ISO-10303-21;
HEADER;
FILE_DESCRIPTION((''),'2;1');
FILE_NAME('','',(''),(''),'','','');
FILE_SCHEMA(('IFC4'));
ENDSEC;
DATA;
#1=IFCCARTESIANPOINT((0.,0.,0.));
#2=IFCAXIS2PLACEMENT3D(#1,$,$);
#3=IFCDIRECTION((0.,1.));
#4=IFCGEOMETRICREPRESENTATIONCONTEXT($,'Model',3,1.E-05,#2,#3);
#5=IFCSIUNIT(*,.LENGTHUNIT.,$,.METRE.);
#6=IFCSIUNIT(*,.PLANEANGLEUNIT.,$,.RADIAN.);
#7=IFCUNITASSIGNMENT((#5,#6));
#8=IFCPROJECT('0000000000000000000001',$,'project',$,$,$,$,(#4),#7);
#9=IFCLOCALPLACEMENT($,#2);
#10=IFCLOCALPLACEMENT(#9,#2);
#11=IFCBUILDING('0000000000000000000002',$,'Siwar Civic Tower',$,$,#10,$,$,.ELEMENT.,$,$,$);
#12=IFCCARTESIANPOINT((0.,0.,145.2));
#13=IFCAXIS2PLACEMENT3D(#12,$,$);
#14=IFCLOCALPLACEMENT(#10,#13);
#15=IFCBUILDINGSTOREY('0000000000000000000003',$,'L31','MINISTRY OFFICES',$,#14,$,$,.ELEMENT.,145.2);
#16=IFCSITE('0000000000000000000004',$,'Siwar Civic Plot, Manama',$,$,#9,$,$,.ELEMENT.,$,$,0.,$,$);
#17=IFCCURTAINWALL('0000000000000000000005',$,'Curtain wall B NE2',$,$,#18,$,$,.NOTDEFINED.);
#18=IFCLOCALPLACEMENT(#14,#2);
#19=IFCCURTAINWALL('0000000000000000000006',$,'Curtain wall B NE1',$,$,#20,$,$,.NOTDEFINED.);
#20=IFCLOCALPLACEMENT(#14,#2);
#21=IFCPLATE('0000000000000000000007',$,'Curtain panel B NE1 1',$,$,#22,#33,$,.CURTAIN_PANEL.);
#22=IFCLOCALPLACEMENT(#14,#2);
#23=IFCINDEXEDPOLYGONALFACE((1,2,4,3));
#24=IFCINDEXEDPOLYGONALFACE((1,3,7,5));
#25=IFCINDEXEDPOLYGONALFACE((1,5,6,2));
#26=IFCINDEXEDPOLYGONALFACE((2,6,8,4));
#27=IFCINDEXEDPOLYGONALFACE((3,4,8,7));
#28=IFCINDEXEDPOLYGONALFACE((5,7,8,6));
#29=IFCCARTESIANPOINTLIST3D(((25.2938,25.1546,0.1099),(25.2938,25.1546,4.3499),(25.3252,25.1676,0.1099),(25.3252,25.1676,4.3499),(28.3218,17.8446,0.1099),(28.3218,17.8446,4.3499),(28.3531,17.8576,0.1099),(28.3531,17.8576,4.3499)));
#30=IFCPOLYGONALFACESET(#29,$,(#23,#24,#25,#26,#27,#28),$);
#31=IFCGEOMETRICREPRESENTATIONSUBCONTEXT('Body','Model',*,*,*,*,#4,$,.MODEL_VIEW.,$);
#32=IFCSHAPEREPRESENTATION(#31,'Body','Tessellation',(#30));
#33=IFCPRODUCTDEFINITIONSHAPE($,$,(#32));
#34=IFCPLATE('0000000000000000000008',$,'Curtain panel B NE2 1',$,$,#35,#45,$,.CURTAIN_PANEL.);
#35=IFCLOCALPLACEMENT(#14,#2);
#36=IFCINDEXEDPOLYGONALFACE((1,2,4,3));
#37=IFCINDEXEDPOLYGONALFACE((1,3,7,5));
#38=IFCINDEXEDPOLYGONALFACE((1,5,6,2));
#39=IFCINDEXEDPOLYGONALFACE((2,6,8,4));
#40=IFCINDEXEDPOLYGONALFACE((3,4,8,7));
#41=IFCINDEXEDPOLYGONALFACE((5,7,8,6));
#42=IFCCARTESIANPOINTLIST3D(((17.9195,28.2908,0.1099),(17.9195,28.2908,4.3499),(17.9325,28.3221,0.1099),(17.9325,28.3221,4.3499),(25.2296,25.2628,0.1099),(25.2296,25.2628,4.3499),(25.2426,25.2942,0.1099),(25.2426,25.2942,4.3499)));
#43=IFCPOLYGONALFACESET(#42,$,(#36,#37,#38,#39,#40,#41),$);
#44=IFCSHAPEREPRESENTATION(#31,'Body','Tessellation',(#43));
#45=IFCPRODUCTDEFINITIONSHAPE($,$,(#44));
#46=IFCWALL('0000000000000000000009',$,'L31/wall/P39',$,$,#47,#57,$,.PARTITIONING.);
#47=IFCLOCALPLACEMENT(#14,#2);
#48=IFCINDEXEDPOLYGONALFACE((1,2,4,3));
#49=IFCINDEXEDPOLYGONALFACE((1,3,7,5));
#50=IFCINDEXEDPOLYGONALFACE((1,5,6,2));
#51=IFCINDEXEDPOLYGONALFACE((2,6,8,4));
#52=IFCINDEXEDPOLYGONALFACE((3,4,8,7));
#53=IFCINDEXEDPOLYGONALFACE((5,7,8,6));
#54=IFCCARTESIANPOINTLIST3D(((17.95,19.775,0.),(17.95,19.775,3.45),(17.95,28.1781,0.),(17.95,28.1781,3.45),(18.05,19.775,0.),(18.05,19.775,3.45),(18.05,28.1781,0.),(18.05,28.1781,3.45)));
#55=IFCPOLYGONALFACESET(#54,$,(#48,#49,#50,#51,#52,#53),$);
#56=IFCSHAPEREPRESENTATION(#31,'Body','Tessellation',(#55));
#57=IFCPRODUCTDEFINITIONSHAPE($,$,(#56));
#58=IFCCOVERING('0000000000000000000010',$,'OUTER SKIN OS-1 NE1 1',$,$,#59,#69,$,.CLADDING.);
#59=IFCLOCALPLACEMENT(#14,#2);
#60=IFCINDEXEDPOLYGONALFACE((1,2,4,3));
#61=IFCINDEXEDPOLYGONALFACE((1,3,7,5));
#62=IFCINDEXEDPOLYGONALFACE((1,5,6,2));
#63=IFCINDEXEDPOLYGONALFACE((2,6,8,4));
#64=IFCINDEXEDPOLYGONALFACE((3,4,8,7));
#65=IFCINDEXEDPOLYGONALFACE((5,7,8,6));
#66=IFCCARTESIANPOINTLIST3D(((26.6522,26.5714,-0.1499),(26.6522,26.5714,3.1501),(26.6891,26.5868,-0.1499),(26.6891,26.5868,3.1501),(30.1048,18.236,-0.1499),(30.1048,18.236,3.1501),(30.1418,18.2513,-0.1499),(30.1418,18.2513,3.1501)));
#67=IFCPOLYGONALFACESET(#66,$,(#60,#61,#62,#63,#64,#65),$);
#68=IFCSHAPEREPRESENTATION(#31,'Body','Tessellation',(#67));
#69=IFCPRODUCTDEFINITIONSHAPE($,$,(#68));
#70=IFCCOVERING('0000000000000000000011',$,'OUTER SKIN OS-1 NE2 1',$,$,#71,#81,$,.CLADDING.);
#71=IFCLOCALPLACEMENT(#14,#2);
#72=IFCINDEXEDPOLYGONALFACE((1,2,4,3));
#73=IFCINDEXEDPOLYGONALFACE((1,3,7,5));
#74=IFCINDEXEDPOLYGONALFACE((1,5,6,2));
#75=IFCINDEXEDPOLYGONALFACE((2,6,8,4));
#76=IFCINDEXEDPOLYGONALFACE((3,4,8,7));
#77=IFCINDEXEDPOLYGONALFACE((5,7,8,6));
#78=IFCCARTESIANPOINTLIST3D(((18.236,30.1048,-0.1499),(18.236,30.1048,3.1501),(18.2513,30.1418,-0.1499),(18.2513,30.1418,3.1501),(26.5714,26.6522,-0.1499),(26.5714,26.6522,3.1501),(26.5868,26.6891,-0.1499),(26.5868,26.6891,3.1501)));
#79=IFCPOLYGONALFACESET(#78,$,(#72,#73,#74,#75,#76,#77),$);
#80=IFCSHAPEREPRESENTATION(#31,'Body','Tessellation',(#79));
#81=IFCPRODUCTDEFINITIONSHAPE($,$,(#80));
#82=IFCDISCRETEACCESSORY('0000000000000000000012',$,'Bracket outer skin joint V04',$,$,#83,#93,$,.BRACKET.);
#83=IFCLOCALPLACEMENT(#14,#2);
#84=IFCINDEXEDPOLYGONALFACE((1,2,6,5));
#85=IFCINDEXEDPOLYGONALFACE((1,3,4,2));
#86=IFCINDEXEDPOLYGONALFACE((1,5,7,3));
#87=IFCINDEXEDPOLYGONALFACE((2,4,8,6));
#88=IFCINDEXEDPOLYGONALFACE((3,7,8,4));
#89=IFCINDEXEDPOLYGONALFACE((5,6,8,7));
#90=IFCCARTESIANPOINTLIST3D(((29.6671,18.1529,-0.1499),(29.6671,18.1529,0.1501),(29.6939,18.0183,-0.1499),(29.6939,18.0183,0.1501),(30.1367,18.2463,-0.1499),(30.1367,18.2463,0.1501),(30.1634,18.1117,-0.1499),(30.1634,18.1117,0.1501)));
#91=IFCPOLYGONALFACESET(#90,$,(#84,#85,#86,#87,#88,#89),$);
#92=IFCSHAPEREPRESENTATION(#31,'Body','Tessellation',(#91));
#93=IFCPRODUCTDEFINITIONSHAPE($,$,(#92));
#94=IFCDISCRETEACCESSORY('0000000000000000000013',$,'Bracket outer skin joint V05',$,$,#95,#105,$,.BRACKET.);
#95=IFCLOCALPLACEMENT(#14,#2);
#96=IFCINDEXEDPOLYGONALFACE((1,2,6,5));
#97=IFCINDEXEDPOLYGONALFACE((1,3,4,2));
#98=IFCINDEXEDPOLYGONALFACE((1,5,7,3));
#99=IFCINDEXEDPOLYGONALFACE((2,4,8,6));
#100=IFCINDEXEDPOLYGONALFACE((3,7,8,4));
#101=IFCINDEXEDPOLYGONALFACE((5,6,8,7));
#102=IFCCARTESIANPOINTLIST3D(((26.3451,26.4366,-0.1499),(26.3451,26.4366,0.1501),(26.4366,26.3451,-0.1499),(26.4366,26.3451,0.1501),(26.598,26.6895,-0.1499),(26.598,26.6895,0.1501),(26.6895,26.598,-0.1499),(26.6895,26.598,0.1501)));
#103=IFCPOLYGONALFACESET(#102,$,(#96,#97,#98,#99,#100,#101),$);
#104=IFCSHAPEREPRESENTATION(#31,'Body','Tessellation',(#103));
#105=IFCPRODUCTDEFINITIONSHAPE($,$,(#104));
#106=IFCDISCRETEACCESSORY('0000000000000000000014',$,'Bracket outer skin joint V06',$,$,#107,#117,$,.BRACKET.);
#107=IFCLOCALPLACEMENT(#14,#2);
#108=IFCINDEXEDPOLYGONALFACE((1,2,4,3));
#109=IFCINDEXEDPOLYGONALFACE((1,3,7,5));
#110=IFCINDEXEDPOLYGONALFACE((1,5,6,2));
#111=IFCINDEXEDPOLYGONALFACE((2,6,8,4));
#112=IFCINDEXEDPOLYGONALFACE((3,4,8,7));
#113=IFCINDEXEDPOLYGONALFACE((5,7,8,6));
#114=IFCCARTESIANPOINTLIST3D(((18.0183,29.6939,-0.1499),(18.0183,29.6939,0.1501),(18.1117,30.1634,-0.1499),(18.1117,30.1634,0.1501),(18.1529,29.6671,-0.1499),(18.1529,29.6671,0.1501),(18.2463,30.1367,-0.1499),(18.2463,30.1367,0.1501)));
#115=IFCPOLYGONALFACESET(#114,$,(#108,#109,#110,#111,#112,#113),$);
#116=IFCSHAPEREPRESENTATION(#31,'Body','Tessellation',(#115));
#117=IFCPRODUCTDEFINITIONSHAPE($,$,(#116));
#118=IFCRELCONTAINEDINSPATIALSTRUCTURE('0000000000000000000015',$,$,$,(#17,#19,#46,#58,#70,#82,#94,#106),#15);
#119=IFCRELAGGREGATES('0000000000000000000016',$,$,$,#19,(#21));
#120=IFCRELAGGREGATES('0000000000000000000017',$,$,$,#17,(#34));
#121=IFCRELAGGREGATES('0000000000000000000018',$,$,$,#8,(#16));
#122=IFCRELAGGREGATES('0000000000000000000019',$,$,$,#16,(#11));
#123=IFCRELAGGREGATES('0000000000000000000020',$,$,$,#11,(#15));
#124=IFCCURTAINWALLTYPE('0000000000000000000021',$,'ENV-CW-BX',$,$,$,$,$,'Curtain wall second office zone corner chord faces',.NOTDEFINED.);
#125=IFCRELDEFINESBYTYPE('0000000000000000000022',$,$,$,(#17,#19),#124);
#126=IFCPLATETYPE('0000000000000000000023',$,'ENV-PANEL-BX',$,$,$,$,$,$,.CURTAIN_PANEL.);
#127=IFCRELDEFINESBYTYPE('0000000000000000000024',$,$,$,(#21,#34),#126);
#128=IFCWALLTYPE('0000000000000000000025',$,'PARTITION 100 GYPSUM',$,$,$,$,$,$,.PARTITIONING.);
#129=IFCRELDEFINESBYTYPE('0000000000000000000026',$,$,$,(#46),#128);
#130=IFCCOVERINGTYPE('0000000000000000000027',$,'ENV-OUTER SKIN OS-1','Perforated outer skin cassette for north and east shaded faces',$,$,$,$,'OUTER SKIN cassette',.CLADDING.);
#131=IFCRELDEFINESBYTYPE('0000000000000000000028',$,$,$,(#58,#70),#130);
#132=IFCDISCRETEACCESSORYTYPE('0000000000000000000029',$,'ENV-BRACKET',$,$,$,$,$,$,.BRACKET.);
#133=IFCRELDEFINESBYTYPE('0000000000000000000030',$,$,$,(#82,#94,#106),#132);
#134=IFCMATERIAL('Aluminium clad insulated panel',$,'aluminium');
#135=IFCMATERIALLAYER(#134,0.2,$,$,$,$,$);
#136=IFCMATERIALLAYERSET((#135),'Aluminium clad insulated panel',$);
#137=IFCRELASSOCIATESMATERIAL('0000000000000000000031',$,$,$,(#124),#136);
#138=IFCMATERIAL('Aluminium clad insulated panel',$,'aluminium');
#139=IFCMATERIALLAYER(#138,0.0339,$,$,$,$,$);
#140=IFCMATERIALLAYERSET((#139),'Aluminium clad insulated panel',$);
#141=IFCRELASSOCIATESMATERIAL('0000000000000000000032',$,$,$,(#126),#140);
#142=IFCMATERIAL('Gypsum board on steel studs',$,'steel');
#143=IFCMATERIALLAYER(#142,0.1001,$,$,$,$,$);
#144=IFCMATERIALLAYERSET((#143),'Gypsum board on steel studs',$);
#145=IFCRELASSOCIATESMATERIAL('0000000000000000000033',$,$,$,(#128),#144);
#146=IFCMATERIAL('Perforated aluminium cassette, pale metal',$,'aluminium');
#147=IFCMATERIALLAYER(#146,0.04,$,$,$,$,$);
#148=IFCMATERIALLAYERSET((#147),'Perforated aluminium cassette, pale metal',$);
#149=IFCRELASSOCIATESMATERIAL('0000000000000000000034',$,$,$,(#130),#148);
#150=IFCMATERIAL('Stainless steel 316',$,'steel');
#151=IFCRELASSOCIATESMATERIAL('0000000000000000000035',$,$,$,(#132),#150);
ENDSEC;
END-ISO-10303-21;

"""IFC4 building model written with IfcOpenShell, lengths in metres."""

from ifc_helpers import new_model, si_unit, direction, frame, frame_2d, origin, origin_2d, place, context, subcontext, project, spatial, rectangle, extrude, material, layer, layer_set, type_object, element, aggregate, save


model = new_model("IFC4")

# Units and contexts
model_context = context("Model", 3, precision=1e-05, world=origin(), true_north=direction((0.0, 1.0)))
body_context = subcontext(model_context, "Body", "Model", "MODEL_VIEW")
ifc_project = project(units=[si_unit("LENGTHUNIT", "METRE"), si_unit("PLANEANGLEUNIT", "RADIAN")], contexts=[model_context])

# Site, building, storey
site_placement = place(None, origin())
site = spatial("IfcSite", under=ifc_project, at=site_placement, Name="Siwar Civic Plot, Manama", CompositionType="ELEMENT", RefElevation=0.0)
building_placement = place(site_placement, origin())
building = spatial("IfcBuilding", under=site, at=building_placement, Name="Siwar Civic Tower", CompositionType="ELEMENT")
storey_placement = place(building_placement, frame((0.0, 0.0, 145.2)))
storey = spatial("IfcBuildingStorey", under=building, at=storey_placement, Name="L31", Description="MINISTRY OFFICES", CompositionType="ELEMENT", Elevation=145.2)

# Curtain wall
ifc_material_1 = material(Name="Aluminium clad insulated panel", Category="aluminium")
ifc_layer_1 = layer(ifc_material_1, 0.2)
ifc_layer_set_1 = layer_set([ifc_layer_1], Name="Aluminium clad insulated panel")
curtain_wall_type_1 = type_object("IfcCurtainWallType", Name="ENV-CW-BX", ElementType="Curtain wall second office zone corner chord faces", PredefinedType="NOTDEFINED", material=ifc_layer_set_1)
curtain_wall_1_placement = place(storey_placement, origin())
curtain_wall_1 = element("IfcCurtainWall", 1, at=curtain_wall_1_placement, inside=storey, type_object=curtain_wall_type_1, Name="Curtain wall B NE2", PredefinedType="NOTDEFINED")

# Curtain wall, plate
curtain_wall_2_placement = place(storey_placement, origin())
curtain_wall_2 = element("IfcCurtainWall", 2, at=curtain_wall_2_placement, inside=storey, type_object=curtain_wall_type_1, Name="Curtain wall B NE1", PredefinedType="NOTDEFINED")
ifc_material_2 = material(Name="Aluminium clad insulated panel", Category="aluminium")
ifc_layer_2 = layer(ifc_material_2, 0.0339)
ifc_layer_set_2 = layer_set([ifc_layer_2], Name="Aluminium clad insulated panel")
plate_type = type_object("IfcPlateType", Name="ENV-PANEL-BX", PredefinedType="CURTAIN_PANEL", material=ifc_layer_set_2)
plate_1_placement = place(storey_placement, frame((26.8235, 21.5061, 0.1099), z_axis=(0.0, 0.0, 1.0), x_axis=(-0.382683, 0.92388, 0.0)))
plate_1 = element("IfcPlate", 3, at=plate_1_placement, type_object=plate_type, Name="Curtain panel B NE1 1", PredefinedType="CURTAIN_PANEL", context=body_context, shape_type="SweptSolid", body=[
    extrude(rectangle(XDim=7.9124, YDim=0.0339, at=origin_2d()), origin(), (0.0, 0.0, 1.0), 4.24),
])
aggregate(curtain_wall_2, [plate_1])

# Plate
plate_2_placement = place(storey_placement, frame((21.5811, 26.7925, 0.1099), z_axis=(0.0, 0.0, 1.0), x_axis=(-0.92388, 0.382683, 0.0)))
plate_2 = element("IfcPlate", 4, at=plate_2_placement, type_object=plate_type, Name="Curtain panel B NE2 1", PredefinedType="CURTAIN_PANEL", context=body_context, shape_type="SweptSolid", body=[
    extrude(rectangle(XDim=7.9124, YDim=0.0339, at=origin_2d()), origin(), (0.0, 0.0, 1.0), 4.24),
])
aggregate(curtain_wall_1, [plate_2])

# Wall
ifc_material_3 = material(Name="Gypsum board on steel studs", Category="steel")
ifc_layer_3 = layer(ifc_material_3, 0.1001)
ifc_layer_set_3 = layer_set([ifc_layer_3], Name="Gypsum board on steel studs")
wall_type = type_object("IfcWallType", Name="PARTITION 100 GYPSUM", PredefinedType="PARTITIONING", material=ifc_layer_set_3)
wall_placement = place(storey_placement, frame((18.0, 19.7749, 0.0), z_axis=(0.0, 0.0, 1.0), x_axis=(0.0, 1.0, 0.0)))
element("IfcWall", 5, at=wall_placement, inside=storey, type_object=wall_type, Name="L31/wall/P39", PredefinedType="PARTITIONING", context=body_context, shape_type="SweptSolid", body=[
    extrude(rectangle(XDim=8.4031, YDim=0.1001, at=frame_2d((4.2017, 0.0))), origin(), (0.0, 0.0, 1.0), 3.45),
])

# Coverings
ifc_material_4 = material(Name="Perforated aluminium cassette, pale metal", Category="aluminium")
ifc_layer_4 = layer(ifc_material_4, 0.04)
ifc_layer_set_4 = layer_set([ifc_layer_4], Name="Perforated aluminium cassette, pale metal")
covering_type = type_object("IfcCoveringType", Name="ENV-OUTER SKIN OS-1", Description="Perforated outer skin cassette for north and east shaded faces", ElementType="OUTER SKIN cassette", PredefinedType="CLADDING", material=ifc_layer_set_4)
for number, where, z_axis, x_axis, name in (
    (6, (28.397, 22.4114, -0.1499), (0.0, 0.0, 1.0), (-0.382683, 0.92388, 0.0), "OUTER SKIN OS-1 NE1 1"),
    (7, (22.4114, 28.397, -0.1499), (0.0, 0.0, 1.0), (-0.92388, 0.382683, 0.0), "OUTER SKIN OS-1 NE2 1"),
):
    element("IfcCovering", number, at=place(storey_placement, frame(where, z_axis=z_axis, x_axis=x_axis)), inside=storey, type_object=covering_type, Name=name, PredefinedType="CLADDING", context=body_context, shape_type="SweptSolid", body=[
        extrude(rectangle(XDim=9.0222, YDim=0.04, at=origin_2d()), origin(), (0.0, 0.0, 1.0), 3.3),
    ])

# Discrete accessories
ifc_material_5 = material(Name="Stainless steel 316", Category="steel")
discrete_accessory_type = type_object("IfcDiscreteAccessoryType", Name="ENV-BRACKET", PredefinedType="BRACKET", material=ifc_material_5)
discrete_accessory_1_placement = place(storey_placement, frame((29.9153, 18.1323, -0.1499), z_axis=(0.0, 0.0, 1.0), x_axis=(0.980785, 0.19509, 0.0)))
element("IfcDiscreteAccessory", 8, at=discrete_accessory_1_placement, inside=storey, type_object=discrete_accessory_type, Name="Bracket outer skin joint V04", PredefinedType="BRACKET", context=body_context, shape_type="SweptSolid", body=[
    extrude(rectangle(XDim=0.4788, YDim=0.1372, at=origin_2d()), origin(), (0.0, 0.0, 1.0), 0.3),
])
discrete_accessory_2_placement = place(storey_placement, frame((26.5173, 26.5173, -0.1499), z_axis=(0.0, 0.0, 1.0), x_axis=(0.707107, 0.707107, 0.0)))
element("IfcDiscreteAccessory", 9, at=discrete_accessory_2_placement, inside=storey, type_object=discrete_accessory_type, Name="Bracket outer skin joint V05", PredefinedType="BRACKET", context=body_context, shape_type="SweptSolid", body=[
    extrude(rectangle(XDim=0.3577, YDim=0.1294, at=origin_2d()), origin(), (0.0, 0.0, 1.0), 0.3),
])
discrete_accessory_3_placement = place(storey_placement, frame((18.1323, 29.9153, -0.1499), z_axis=(0.0, 0.0, 1.0), x_axis=(0.19509, 0.980785, 0.0)))
element("IfcDiscreteAccessory", 10, at=discrete_accessory_3_placement, inside=storey, type_object=discrete_accessory_type, Name="Bracket outer skin joint V06", PredefinedType="BRACKET", context=body_context, shape_type="SweptSolid", body=[
    extrude(rectangle(XDim=0.4788, YDim=0.1372, at=origin_2d()), origin(), (0.0, 0.0, 1.0), 0.3),
])

save(model, "model.ifc")
